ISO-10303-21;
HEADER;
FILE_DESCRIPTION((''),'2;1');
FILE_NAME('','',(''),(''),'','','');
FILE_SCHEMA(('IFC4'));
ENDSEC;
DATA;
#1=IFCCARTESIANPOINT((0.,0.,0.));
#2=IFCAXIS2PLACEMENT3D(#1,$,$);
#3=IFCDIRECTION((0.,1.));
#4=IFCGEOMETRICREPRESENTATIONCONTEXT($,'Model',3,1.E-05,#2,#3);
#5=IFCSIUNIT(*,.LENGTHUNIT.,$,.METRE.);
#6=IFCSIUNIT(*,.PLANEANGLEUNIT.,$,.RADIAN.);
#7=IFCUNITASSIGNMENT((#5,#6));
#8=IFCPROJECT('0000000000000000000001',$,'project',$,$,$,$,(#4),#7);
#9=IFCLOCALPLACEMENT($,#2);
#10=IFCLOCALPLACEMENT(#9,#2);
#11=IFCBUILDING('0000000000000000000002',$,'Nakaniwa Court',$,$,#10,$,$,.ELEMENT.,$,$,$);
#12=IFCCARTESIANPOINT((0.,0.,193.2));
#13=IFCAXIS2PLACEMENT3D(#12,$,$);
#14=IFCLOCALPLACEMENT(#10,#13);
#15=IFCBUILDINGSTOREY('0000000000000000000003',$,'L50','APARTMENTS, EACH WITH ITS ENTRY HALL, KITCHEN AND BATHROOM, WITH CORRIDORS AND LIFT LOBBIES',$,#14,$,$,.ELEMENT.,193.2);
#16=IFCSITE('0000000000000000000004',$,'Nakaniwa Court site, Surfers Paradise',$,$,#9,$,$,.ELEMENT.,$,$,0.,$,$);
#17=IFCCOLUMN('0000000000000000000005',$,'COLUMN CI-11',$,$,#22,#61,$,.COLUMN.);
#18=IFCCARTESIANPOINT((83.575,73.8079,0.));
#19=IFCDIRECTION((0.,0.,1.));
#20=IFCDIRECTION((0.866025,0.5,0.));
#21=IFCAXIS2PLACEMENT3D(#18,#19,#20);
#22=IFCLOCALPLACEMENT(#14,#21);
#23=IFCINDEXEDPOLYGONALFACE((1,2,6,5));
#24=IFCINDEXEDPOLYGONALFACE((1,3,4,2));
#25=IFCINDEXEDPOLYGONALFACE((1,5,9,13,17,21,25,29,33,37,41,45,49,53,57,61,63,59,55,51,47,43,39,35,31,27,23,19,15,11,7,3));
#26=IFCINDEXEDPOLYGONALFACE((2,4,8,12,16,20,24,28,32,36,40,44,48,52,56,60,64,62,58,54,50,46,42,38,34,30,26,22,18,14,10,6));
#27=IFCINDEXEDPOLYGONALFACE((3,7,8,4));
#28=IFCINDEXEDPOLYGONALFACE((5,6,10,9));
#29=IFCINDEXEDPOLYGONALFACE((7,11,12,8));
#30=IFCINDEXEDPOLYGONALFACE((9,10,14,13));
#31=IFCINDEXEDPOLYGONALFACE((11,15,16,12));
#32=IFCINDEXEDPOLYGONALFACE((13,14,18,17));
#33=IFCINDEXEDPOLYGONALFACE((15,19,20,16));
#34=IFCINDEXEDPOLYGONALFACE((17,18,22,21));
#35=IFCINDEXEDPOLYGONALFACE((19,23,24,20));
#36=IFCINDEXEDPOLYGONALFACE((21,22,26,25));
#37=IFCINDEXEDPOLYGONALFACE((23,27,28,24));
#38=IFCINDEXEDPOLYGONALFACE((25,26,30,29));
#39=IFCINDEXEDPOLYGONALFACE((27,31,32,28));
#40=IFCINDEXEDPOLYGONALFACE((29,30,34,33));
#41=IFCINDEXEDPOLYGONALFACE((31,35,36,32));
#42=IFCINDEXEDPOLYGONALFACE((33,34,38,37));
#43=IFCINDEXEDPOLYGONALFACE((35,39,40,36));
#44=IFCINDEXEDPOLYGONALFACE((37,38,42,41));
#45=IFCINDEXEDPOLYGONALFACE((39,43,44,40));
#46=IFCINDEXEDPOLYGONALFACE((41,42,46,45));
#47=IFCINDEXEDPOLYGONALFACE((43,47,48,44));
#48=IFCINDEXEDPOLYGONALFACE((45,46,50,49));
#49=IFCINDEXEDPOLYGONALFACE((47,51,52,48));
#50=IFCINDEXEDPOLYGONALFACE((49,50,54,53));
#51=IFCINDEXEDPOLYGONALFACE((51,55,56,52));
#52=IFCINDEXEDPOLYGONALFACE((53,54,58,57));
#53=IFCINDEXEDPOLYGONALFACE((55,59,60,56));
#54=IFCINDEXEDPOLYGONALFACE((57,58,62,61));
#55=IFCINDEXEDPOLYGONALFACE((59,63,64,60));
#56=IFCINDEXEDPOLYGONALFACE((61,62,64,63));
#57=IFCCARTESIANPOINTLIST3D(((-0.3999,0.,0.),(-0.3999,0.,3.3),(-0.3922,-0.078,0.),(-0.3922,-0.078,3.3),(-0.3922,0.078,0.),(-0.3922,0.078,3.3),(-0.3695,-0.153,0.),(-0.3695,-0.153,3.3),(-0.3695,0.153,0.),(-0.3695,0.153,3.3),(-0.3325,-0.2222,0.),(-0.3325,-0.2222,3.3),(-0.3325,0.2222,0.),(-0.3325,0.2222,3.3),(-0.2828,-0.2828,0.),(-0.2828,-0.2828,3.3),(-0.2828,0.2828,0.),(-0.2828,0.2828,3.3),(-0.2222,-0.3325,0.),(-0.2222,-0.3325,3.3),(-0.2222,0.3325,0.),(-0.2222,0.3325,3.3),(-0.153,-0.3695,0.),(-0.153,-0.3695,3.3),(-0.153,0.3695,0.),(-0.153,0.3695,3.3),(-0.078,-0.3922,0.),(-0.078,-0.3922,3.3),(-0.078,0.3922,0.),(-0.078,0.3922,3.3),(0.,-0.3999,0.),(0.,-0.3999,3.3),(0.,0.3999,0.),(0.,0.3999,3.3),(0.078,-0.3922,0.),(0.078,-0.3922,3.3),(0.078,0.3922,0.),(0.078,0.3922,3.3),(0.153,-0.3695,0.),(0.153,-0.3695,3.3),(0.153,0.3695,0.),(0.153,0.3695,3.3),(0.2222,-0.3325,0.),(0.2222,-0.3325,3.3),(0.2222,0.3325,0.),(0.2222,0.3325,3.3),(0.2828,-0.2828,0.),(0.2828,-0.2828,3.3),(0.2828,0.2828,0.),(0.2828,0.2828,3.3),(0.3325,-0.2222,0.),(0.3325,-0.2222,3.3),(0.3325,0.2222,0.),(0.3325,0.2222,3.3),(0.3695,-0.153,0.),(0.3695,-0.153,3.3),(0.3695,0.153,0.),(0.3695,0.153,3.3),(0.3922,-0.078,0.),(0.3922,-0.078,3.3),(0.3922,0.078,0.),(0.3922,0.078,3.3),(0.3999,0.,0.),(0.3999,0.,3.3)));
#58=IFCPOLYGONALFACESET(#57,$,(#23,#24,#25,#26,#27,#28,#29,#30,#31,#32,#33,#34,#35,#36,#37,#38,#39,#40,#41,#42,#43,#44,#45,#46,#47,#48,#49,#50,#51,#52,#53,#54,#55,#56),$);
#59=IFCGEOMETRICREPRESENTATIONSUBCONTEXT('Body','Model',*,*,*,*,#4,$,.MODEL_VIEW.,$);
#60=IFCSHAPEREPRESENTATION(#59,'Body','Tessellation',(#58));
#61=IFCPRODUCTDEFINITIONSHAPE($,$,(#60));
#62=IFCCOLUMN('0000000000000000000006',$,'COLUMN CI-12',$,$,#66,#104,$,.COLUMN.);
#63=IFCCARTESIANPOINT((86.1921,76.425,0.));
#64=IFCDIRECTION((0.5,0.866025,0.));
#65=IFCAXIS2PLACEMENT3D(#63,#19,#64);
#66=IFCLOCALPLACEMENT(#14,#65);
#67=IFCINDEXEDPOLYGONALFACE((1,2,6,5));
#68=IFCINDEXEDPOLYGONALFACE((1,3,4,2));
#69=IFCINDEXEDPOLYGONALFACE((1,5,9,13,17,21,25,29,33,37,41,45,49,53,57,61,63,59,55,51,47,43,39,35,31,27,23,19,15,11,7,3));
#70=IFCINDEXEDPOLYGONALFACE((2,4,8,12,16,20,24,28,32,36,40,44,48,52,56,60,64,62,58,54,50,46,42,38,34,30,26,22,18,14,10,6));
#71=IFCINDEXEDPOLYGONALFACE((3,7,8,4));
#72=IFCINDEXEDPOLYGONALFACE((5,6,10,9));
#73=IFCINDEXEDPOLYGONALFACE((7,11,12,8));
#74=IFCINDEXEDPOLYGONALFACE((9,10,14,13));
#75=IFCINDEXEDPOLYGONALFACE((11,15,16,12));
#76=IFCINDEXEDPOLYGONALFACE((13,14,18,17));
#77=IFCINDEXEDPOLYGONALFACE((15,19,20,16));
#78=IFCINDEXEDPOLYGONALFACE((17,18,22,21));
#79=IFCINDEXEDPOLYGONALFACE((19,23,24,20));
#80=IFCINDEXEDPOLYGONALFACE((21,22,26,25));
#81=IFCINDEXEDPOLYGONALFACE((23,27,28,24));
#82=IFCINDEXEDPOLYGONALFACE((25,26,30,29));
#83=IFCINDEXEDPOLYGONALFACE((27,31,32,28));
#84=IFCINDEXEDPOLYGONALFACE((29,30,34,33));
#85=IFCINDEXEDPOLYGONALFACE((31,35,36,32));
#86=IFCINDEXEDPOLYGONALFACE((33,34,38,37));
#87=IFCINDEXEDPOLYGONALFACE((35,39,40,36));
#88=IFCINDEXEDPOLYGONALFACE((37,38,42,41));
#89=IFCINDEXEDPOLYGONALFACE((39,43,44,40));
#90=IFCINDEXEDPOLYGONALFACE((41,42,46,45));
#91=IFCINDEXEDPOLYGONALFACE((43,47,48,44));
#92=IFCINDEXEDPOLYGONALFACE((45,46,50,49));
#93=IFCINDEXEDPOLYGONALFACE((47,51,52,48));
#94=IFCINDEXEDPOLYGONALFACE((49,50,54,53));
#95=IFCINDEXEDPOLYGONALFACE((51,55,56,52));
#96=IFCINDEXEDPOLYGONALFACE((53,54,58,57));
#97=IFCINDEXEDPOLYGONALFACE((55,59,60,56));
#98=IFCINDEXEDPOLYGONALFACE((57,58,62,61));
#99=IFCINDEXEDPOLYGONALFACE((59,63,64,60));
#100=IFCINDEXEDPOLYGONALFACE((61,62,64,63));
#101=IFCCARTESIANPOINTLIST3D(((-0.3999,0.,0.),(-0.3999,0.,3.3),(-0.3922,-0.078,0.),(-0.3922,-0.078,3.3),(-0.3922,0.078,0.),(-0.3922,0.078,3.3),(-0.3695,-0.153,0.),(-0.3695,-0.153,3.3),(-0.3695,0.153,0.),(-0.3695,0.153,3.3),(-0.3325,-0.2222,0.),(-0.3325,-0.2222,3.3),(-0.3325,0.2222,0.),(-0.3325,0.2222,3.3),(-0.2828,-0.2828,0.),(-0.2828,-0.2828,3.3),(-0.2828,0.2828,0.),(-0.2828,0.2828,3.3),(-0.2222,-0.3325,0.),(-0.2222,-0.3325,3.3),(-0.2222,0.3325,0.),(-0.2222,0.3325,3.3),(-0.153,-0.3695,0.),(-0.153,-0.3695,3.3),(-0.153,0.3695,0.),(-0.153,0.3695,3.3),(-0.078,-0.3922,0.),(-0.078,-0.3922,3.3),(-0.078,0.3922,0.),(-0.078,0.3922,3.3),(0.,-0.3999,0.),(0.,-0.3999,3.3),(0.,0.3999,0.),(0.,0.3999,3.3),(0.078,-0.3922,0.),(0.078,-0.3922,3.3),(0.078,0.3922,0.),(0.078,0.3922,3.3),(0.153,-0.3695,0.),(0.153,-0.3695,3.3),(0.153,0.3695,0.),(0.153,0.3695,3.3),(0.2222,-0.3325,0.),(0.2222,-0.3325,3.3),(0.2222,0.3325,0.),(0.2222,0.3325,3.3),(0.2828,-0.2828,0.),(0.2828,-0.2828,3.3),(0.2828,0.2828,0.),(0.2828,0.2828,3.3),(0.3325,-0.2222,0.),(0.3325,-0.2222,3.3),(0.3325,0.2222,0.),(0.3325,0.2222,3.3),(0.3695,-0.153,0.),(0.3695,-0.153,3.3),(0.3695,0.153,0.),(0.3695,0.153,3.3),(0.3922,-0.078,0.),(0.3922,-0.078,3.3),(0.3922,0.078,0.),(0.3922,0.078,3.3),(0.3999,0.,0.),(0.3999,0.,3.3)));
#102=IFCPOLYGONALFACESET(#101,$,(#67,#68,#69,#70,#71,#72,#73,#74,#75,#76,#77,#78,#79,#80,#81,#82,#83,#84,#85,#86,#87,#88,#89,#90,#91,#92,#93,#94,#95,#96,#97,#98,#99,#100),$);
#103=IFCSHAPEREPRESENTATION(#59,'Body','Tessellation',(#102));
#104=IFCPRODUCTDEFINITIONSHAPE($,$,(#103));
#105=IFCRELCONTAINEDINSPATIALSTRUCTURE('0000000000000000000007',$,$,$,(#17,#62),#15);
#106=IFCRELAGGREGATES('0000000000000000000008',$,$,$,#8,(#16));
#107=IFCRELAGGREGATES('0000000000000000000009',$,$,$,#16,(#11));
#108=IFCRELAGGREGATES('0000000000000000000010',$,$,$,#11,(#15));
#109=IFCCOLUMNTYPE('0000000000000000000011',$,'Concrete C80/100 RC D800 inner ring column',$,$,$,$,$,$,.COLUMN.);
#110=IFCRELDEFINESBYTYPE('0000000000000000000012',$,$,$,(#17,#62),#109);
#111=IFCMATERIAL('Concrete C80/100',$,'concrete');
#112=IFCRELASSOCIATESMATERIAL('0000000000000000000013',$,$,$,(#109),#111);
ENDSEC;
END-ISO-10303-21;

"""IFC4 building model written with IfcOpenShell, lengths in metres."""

from ifc_helpers import new_model, si_unit, direction, frame, origin, origin_2d, place, context, subcontext, project, spatial, circle, extrude, material, material_profile, profile_set, type_object, element, save


model = new_model("IFC4")

# Units and contexts
model_context = context("Model", 3, precision=1e-05, world=origin(), true_north=direction((0.0, 1.0)))
body_context = subcontext(model_context, "Body", "Model", "MODEL_VIEW")
ifc_project = project(units=[si_unit("LENGTHUNIT", "METRE"), si_unit("PLANEANGLEUNIT", "RADIAN")], contexts=[model_context])

# Site, building, storey
site_placement = place(None, origin())
site = spatial("IfcSite", under=ifc_project, at=site_placement, Name="Nakaniwa Court site, Surfers Paradise", CompositionType="ELEMENT", RefElevation=0.0)
building_placement = place(site_placement, origin())
building = spatial("IfcBuilding", under=site, at=building_placement, Name="Nakaniwa Court", CompositionType="ELEMENT")
storey_placement = place(building_placement, frame((0.0, 0.0, 193.2)))
storey = spatial("IfcBuildingStorey", under=building, at=storey_placement, Name="L50", Description="APARTMENTS, EACH WITH ITS ENTRY HALL, KITCHEN AND BATHROOM, WITH CORRIDORS AND LIFT LOBBIES", CompositionType="ELEMENT", Elevation=193.2)

# Columns
ifc_material_1 = material(Name="Concrete C80/100", Category="concrete")
ifc_material_profile_1 = material_profile(ifc_material_1, circle(Radius=0.3999, at=origin_2d()), Name="Concrete C80/100 RC D800 inner ring column")
ifc_profile_set_1 = profile_set([ifc_material_profile_1], Name="Concrete C80/100")
column_type_1 = type_object("IfcColumnType", Name="Concrete C80/100 RC D800 inner ring column", PredefinedType="COLUMN", material=ifc_profile_set_1)
for number, where, z_axis, x_axis, name in (
    (1, (83.575, 73.8079, 0.0), (0.0, 0.0, 1.0), (0.866025, 0.5, 0.0), "COLUMN CI-11"),
    (2, (86.1921, 76.425, 0.0), (0.0, 0.0, 1.0), (0.5, 0.866025, 0.0), "COLUMN CI-12"),
):
    element("IfcColumn", number, at=place(storey_placement, frame(where, z_axis=z_axis, x_axis=x_axis)), inside=storey, type_object=column_type_1, Name=name, PredefinedType="COLUMN", context=body_context, shape_type="SweptSolid", body=[
        extrude(circle(Radius=0.3999, at=origin_2d()), origin(), (0.0, 0.0, 1.0), 3.3),
    ])

save(model, "model.ifc")
